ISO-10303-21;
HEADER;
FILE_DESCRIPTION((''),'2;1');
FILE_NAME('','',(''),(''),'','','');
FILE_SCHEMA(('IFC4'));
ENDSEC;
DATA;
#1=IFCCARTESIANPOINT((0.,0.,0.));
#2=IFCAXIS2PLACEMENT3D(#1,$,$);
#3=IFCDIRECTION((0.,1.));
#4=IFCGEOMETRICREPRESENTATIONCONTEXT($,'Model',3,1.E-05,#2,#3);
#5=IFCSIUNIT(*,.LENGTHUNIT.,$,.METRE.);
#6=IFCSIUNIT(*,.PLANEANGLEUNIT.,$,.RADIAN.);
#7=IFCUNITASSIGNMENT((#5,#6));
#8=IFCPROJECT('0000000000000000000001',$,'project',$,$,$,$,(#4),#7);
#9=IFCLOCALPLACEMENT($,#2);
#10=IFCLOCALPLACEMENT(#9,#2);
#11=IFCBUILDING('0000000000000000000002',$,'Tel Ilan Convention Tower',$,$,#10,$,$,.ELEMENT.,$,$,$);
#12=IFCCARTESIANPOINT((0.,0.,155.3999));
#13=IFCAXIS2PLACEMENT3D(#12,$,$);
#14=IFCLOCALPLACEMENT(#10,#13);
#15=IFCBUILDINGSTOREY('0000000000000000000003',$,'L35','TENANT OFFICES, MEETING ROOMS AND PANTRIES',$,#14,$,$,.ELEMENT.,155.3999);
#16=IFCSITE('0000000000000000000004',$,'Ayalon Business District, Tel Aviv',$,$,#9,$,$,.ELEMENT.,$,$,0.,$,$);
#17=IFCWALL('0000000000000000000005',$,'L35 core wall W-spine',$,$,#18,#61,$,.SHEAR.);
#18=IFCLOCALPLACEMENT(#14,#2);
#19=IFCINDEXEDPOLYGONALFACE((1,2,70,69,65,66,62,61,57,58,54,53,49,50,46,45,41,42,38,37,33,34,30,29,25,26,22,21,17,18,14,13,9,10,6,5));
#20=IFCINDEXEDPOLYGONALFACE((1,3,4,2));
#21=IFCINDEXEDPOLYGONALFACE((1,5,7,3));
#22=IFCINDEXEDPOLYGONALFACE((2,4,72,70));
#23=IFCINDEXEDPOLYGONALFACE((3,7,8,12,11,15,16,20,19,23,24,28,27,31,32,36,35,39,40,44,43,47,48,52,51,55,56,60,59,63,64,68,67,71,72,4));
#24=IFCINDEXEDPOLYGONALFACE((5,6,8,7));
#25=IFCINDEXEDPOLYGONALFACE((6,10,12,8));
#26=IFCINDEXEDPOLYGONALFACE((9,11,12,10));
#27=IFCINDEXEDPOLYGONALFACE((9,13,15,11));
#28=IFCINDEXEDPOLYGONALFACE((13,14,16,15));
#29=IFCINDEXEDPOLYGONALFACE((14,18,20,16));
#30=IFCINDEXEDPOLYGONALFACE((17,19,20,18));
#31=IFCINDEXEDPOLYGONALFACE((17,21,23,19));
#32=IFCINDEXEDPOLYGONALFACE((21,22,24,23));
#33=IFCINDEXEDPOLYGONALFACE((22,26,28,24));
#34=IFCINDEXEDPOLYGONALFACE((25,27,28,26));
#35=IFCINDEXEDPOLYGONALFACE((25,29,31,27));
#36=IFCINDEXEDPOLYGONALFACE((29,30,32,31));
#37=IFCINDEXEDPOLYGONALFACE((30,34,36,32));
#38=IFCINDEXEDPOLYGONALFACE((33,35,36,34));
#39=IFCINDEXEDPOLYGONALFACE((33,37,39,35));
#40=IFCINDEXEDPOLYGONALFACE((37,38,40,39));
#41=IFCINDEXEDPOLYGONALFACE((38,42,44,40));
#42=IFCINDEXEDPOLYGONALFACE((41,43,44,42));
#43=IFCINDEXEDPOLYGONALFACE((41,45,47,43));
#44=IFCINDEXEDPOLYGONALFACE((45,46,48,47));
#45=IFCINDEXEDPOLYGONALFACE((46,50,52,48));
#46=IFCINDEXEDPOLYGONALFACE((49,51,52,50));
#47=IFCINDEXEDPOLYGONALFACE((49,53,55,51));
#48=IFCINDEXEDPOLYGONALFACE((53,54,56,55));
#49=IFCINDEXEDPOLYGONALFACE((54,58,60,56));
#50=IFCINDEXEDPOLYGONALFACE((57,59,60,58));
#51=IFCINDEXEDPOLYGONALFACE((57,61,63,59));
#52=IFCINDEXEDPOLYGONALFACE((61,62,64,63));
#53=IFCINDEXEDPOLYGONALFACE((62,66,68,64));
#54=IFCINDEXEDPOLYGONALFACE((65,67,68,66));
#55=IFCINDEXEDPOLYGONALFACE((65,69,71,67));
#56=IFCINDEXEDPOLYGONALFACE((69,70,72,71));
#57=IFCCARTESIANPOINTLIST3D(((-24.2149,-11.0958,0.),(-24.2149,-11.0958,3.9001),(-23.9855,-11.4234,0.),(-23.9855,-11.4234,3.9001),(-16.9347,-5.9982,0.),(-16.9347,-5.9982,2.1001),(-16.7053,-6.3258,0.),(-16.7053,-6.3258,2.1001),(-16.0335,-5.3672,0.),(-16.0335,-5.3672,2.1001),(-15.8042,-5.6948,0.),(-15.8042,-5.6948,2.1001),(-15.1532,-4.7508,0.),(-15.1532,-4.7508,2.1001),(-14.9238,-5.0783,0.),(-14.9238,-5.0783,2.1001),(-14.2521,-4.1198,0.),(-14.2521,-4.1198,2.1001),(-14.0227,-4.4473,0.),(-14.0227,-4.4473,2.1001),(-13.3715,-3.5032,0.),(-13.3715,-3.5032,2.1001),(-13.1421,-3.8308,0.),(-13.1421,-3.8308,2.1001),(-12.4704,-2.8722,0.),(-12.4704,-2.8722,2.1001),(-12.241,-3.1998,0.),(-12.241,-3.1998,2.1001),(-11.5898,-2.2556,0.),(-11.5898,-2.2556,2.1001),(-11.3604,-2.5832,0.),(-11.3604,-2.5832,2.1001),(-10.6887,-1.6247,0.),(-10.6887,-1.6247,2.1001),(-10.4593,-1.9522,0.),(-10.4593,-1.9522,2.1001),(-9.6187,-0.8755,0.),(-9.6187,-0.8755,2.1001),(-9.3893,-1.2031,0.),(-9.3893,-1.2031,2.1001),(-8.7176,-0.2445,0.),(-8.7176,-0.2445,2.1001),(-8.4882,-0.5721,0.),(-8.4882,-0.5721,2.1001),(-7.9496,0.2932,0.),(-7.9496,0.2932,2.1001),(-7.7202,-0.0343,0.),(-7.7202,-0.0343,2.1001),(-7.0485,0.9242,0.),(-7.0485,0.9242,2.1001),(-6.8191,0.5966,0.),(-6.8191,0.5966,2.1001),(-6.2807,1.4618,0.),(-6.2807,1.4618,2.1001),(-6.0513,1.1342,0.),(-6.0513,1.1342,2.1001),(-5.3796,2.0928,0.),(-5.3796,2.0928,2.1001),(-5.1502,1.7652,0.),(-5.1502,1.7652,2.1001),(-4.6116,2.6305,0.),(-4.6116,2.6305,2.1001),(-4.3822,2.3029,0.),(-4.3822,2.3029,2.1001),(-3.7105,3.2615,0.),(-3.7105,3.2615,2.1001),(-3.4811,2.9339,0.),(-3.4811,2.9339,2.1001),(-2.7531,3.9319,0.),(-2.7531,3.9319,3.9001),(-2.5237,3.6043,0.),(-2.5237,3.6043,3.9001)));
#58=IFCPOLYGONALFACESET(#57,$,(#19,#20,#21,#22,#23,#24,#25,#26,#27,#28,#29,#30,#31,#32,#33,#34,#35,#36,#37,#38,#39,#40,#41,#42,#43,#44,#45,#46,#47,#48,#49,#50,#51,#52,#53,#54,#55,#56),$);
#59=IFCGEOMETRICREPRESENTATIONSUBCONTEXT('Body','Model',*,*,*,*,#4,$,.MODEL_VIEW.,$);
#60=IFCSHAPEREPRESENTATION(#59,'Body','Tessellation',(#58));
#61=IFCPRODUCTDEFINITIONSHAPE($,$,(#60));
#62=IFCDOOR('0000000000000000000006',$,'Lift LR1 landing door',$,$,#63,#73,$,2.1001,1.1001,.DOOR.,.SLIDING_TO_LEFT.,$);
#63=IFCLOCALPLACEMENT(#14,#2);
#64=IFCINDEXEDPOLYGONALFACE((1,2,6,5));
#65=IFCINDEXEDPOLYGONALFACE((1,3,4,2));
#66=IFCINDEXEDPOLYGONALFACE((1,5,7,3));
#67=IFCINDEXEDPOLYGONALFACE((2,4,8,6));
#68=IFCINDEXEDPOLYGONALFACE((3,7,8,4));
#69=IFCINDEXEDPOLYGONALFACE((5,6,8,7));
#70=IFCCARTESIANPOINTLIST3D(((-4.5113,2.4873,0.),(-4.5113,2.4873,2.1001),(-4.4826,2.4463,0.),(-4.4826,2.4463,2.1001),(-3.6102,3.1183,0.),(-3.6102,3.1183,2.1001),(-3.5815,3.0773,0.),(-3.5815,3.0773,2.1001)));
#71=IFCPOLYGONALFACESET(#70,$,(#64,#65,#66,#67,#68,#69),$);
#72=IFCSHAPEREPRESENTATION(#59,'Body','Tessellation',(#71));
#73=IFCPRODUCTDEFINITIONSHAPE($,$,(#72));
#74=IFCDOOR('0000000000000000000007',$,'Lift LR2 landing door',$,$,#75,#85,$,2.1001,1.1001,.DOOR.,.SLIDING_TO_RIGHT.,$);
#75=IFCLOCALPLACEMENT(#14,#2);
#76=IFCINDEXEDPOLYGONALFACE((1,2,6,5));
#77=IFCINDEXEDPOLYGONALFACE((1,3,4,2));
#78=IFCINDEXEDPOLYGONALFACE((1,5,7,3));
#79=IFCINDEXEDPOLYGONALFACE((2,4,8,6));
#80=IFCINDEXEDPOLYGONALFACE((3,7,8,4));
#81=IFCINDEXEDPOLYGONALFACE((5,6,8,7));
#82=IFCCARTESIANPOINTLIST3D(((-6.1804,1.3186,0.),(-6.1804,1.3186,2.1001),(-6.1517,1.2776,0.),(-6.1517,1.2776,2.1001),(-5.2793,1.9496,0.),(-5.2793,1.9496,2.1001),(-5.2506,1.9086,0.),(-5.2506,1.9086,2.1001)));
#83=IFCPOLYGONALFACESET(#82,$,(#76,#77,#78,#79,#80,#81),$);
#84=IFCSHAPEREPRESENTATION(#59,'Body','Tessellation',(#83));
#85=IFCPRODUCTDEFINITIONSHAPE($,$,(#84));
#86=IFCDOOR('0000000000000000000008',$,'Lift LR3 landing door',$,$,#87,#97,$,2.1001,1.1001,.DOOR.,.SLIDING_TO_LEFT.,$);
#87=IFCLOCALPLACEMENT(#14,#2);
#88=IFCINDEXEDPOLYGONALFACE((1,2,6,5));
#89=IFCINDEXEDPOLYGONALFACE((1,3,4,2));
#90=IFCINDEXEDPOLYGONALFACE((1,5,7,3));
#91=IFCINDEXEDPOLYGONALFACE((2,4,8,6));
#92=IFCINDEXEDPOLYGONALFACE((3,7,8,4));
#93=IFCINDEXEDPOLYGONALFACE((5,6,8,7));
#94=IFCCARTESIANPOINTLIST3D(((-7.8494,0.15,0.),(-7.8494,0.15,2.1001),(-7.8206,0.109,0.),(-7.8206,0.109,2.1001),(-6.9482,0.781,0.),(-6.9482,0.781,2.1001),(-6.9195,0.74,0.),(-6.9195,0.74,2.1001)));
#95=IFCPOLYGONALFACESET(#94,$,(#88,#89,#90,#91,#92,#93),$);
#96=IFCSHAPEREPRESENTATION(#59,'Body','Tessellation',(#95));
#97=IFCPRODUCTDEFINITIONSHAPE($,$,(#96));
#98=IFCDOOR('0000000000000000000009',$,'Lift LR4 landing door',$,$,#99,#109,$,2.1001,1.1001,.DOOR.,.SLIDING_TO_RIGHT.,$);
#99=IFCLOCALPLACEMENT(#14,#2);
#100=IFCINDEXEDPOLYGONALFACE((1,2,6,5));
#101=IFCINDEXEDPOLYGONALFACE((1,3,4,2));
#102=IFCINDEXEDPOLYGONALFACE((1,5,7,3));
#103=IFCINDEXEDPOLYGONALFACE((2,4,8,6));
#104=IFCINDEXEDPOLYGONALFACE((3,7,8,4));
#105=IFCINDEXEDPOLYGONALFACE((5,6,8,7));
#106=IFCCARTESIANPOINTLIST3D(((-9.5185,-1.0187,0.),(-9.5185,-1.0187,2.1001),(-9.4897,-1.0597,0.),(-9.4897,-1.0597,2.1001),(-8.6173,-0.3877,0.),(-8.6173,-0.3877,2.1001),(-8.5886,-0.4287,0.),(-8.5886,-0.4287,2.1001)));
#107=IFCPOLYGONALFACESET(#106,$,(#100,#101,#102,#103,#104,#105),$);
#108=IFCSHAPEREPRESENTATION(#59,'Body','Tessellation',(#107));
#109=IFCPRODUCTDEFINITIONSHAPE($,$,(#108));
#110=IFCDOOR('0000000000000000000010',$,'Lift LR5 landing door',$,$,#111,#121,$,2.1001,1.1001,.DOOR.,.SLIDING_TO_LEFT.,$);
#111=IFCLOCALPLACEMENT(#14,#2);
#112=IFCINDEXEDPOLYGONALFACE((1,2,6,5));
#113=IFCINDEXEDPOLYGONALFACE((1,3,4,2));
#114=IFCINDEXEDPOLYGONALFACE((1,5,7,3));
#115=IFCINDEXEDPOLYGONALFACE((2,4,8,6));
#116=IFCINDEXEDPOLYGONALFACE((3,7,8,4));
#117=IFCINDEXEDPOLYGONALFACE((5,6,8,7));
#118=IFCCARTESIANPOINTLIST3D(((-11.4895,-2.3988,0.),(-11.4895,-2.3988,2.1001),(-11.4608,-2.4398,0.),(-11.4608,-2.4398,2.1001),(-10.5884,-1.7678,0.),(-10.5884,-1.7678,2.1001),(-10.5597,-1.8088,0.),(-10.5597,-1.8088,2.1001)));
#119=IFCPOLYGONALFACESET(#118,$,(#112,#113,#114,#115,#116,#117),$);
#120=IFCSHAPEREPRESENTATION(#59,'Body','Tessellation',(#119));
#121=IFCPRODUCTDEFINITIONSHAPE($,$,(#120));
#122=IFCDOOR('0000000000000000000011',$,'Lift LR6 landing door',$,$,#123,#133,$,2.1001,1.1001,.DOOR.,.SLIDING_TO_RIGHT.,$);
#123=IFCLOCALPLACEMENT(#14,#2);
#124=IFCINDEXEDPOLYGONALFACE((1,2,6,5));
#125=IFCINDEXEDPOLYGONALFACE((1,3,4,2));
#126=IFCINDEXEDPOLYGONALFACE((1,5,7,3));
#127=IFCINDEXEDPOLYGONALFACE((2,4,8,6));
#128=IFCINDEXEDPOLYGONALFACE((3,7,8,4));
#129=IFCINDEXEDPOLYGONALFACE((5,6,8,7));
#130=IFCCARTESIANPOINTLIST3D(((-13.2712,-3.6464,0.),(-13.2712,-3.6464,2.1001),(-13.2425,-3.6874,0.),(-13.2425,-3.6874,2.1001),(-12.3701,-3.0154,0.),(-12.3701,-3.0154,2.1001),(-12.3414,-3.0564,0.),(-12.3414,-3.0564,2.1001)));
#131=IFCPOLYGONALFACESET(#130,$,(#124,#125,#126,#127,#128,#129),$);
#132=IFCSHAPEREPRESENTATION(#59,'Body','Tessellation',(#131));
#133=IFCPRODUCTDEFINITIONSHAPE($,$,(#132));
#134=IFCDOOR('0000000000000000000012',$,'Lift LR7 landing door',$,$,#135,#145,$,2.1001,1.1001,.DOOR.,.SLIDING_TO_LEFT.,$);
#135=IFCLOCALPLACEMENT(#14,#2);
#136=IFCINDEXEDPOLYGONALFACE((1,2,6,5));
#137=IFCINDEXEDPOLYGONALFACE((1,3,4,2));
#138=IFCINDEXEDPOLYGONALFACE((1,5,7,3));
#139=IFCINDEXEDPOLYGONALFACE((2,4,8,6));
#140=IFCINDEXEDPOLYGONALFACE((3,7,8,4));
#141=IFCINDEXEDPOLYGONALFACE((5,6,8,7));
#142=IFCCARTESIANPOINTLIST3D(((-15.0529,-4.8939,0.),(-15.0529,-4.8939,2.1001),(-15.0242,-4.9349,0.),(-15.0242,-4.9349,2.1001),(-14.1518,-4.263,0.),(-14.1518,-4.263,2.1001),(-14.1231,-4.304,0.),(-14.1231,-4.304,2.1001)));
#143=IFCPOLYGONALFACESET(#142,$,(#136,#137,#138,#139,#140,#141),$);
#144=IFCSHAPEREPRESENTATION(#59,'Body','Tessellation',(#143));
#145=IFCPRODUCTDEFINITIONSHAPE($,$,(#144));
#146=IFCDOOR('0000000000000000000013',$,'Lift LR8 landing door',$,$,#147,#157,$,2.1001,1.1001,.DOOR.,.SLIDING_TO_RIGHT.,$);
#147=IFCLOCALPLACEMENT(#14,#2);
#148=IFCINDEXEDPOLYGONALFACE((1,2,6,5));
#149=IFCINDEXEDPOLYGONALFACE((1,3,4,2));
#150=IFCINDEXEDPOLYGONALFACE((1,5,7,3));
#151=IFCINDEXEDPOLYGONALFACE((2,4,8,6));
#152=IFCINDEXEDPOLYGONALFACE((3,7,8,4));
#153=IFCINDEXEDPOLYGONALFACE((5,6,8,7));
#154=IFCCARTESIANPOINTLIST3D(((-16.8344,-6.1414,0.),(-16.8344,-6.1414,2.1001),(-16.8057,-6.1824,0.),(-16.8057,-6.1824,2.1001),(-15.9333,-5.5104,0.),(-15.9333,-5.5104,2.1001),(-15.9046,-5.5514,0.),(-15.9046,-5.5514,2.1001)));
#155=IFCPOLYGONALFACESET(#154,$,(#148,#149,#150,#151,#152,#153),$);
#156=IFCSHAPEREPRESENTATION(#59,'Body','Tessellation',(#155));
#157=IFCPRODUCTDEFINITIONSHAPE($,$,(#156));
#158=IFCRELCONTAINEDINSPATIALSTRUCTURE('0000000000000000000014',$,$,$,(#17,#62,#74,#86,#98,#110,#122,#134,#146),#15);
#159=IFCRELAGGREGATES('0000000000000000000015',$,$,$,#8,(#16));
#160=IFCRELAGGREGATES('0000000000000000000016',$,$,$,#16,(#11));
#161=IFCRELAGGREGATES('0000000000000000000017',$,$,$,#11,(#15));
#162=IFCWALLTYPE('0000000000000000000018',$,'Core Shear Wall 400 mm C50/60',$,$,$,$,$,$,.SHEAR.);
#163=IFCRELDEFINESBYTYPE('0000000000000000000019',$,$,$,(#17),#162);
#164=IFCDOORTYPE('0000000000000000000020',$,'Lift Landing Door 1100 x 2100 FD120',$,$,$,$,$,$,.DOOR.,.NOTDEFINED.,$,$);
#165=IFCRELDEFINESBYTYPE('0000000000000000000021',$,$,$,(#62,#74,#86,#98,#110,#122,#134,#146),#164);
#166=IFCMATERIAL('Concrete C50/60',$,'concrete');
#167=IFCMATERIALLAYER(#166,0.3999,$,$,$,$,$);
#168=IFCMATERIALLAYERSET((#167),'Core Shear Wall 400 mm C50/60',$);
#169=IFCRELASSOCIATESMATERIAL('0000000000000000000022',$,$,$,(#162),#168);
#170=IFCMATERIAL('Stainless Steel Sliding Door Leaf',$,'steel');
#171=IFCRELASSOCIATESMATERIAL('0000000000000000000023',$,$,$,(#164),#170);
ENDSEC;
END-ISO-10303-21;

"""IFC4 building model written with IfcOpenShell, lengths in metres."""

from ifc_helpers import new_model, si_unit, direction, frame, frame_2d, origin, place, context, subcontext, project, spatial, polyline, rectangle, outline, extrude, material, layer, layer_set, type_object, element, fill, save


model = new_model("IFC4")

# Units and contexts
model_context = context("Model", 3, precision=1e-05, world=origin(), true_north=direction((0.0, 1.0)))
body_context = subcontext(model_context, "Body", "Model", "MODEL_VIEW")
ifc_project = project(units=[si_unit("LENGTHUNIT", "METRE"), si_unit("PLANEANGLEUNIT", "RADIAN")], contexts=[model_context])

# Site, building, storey
site_placement = place(None, origin())
site = spatial("IfcSite", under=ifc_project, at=site_placement, Name="Ayalon Business District, Tel Aviv", CompositionType="ELEMENT", RefElevation=0.0)
building_placement = place(site_placement, origin())
building = spatial("IfcBuilding", under=site, at=building_placement, Name="Tel Ilan Convention Tower", CompositionType="ELEMENT")
storey_placement = place(building_placement, frame((0.0, 0.0, 155.3999)))
storey = spatial("IfcBuildingStorey", under=building, at=storey_placement, Name="L35", Description="TENANT OFFICES, MEETING ROOMS AND PANTRIES", CompositionType="ELEMENT", Elevation=155.3999)

# Wall, openings, doors
ifc_material_1 = material(Name="Concrete C50/60", Category="concrete")
ifc_layer_1 = layer(ifc_material_1, 0.3999)
ifc_layer_set_1 = layer_set([ifc_layer_1], Name="Core Shear Wall 400 mm C50/60")
wall_type_1 = type_object("IfcWallType", Name="Core Shear Wall 400 mm C50/60", PredefinedType="SHEAR", material=ifc_layer_set_1)
wall_1_placement = place(storey_placement, frame((-2.6384, 3.7681, 0.0), z_axis=(0.0, 0.0, 1.0), x_axis=(-0.819153, -0.573576, 0.0)))
wall_1 = element("IfcWall", 1, at=wall_1_placement, inside=storey, type_object=wall_type_1, Name="L35 core wall W-spine", PredefinedType="SHEAR", context=body_context, shape_type="SweptSolid", body=[
    extrude(outline(polyline([(26.2, 0.2), (0.0, 0.2), (0.0, -0.2), (26.2, -0.2), (26.2, 0.2)])), origin(), (0.0, 0.0, 1.0), 3.9001),
])
opening_1_placement = place(wall_1_placement, frame((1.1687, 0.0, 0.0)))
opening_1 = element("IfcOpeningElement", 2, at=opening_1_placement, cuts=wall_1, PredefinedType="OPENING", context=body_context, shape_type="SweptSolid", body=[
    extrude(rectangle(XDim=1.1001, YDim=2.1001, at=frame_2d((0.55, 1.05))), frame((0.0, 0.21, 0.0), z_axis=(0.0, -1.0, 0.0), x_axis=(1.0, 0.0, 0.0)), (0.0, 0.0, 1.0), 0.4199),
])
opening_2_placement = place(wall_1_placement, frame((3.2063, 0.0, 0.0)))
opening_2 = element("IfcOpeningElement", 3, at=opening_2_placement, cuts=wall_1, PredefinedType="OPENING", context=body_context, shape_type="SweptSolid", body=[
    extrude(rectangle(XDim=1.1001, YDim=2.1001, at=frame_2d((0.55, 1.05))), frame((0.0, 0.21, 0.0), z_axis=(0.0, -1.0, 0.0), x_axis=(1.0, 0.0, 0.0)), (0.0, 0.0, 1.0), 0.4199),
])
opening_3_placement = place(wall_1_placement, frame((5.2437, 0.0, 0.0)))
opening_3 = element("IfcOpeningElement", 4, at=opening_3_placement, cuts=wall_1, PredefinedType="OPENING", context=body_context, shape_type="SweptSolid", body=[
    extrude(rectangle(XDim=1.1001, YDim=2.1001, at=frame_2d((0.55, 1.05))), frame((0.0, 0.21, 0.0), z_axis=(0.0, -1.0, 0.0), x_axis=(1.0, 0.0, 0.0)), (0.0, 0.0, 1.0), 0.4199),
])
opening_4_placement = place(wall_1_placement, frame((7.2812, 0.0, 0.0)))
opening_4 = element("IfcOpeningElement", 5, at=opening_4_placement, cuts=wall_1, PredefinedType="OPENING", context=body_context, shape_type="SweptSolid", body=[
    extrude(rectangle(XDim=1.1001, YDim=2.1001, at=frame_2d((0.55, 1.05))), frame((0.0, 0.21, 0.0), z_axis=(0.0, -1.0, 0.0), x_axis=(1.0, 0.0, 0.0)), (0.0, 0.0, 1.0), 0.4199),
])
opening_5_placement = place(wall_1_placement, frame((9.6875, 0.0, 0.0)))
opening_5 = element("IfcOpeningElement", 6, at=opening_5_placement, cuts=wall_1, PredefinedType="OPENING", context=body_context, shape_type="SweptSolid", body=[
    extrude(rectangle(XDim=1.1001, YDim=2.1001, at=frame_2d((0.55, 1.05))), frame((0.0, 0.21, 0.0), z_axis=(0.0, -1.0, 0.0), x_axis=(1.0, 0.0, 0.0)), (0.0, 0.0, 1.0), 0.4199),
])
opening_6_placement = place(wall_1_placement, frame((11.8625, 0.0, 0.0)))
opening_6 = element("IfcOpeningElement", 7, at=opening_6_placement, cuts=wall_1, PredefinedType="OPENING", context=body_context, shape_type="SweptSolid", body=[
    extrude(rectangle(XDim=1.1001, YDim=2.1001, at=frame_2d((0.55, 1.05))), frame((0.0, 0.21, 0.0), z_axis=(0.0, -1.0, 0.0), x_axis=(1.0, 0.0, 0.0)), (0.0, 0.0, 1.0), 0.4199),
])
opening_7_placement = place(wall_1_placement, frame((14.0376, 0.0, 0.0)))
opening_7 = element("IfcOpeningElement", 8, at=opening_7_placement, cuts=wall_1, PredefinedType="OPENING", context=body_context, shape_type="SweptSolid", body=[
    extrude(rectangle(XDim=1.1001, YDim=2.1001, at=frame_2d((0.55, 1.05))), frame((0.0, 0.21, 0.0), z_axis=(0.0, -1.0, 0.0), x_axis=(1.0, 0.0, 0.0)), (0.0, 0.0, 1.0), 0.4199),
])
opening_8_placement = place(wall_1_placement, frame((16.2124, 0.0, 0.0)))
opening_8 = element("IfcOpeningElement", 9, at=opening_8_placement, cuts=wall_1, PredefinedType="OPENING", context=body_context, shape_type="SweptSolid", body=[
    extrude(rectangle(XDim=1.1001, YDim=2.1001, at=frame_2d((0.55, 1.05))), frame((0.0, 0.21, 0.0), z_axis=(0.0, -1.0, 0.0), x_axis=(1.0, 0.0, 0.0)), (0.0, 0.0, 1.0), 0.4199),
])
ifc_material_2 = material(Name="Stainless Steel Sliding Door Leaf", Category="steel")
door_type = type_object("IfcDoorType", Name="Lift Landing Door 1100 x 2100 FD120", OperationType="NOTDEFINED", PredefinedType="DOOR", material=ifc_material_2)
door_1_placement = place(opening_1_placement, origin())
door_1 = element("IfcDoor", 10, at=door_1_placement, inside=storey, type_object=door_type, Name="Lift LR1 landing door", OperationType="SLIDING_TO_LEFT", OverallHeight=2.1001, OverallWidth=1.1001, PredefinedType="DOOR", context=body_context, shape_type="SweptSolid", body=[
    extrude(rectangle(XDim=1.1001, YDim=2.1001, at=frame_2d((0.55, 1.05))), frame((0.0, 0.0249, 0.0), z_axis=(0.0, -1.0, 0.0), x_axis=(1.0, 0.0, 0.0)), (0.0, 0.0, 1.0), 0.05),
])
fill(opening_1, door_1)
door_2_placement = place(opening_2_placement, origin())
door_2 = element("IfcDoor", 11, at=door_2_placement, inside=storey, type_object=door_type, Name="Lift LR2 landing door", OperationType="SLIDING_TO_RIGHT", OverallHeight=2.1001, OverallWidth=1.1001, PredefinedType="DOOR", context=body_context, shape_type="SweptSolid", body=[
    extrude(rectangle(XDim=1.1001, YDim=2.1001, at=frame_2d((0.55, 1.05))), frame((0.0, 0.0249, 0.0), z_axis=(0.0, -1.0, 0.0), x_axis=(1.0, 0.0, 0.0)), (0.0, 0.0, 1.0), 0.05),
])
fill(opening_2, door_2)
door_3_placement = place(opening_3_placement, origin())
door_3 = element("IfcDoor", 12, at=door_3_placement, inside=storey, type_object=door_type, Name="Lift LR3 landing door", OperationType="SLIDING_TO_LEFT", OverallHeight=2.1001, OverallWidth=1.1001, PredefinedType="DOOR", context=body_context, shape_type="SweptSolid", body=[
    extrude(rectangle(XDim=1.1001, YDim=2.1001, at=frame_2d((0.55, 1.05))), frame((0.0, 0.0249, 0.0), z_axis=(0.0, -1.0, 0.0), x_axis=(1.0, 0.0, 0.0)), (0.0, 0.0, 1.0), 0.05),
])
fill(opening_3, door_3)
door_4_placement = place(opening_4_placement, origin())
door_4 = element("IfcDoor", 13, at=door_4_placement, inside=storey, type_object=door_type, Name="Lift LR4 landing door", OperationType="SLIDING_TO_RIGHT", OverallHeight=2.1001, OverallWidth=1.1001, PredefinedType="DOOR", context=body_context, shape_type="SweptSolid", body=[
    extrude(rectangle(XDim=1.1001, YDim=2.1001, at=frame_2d((0.55, 1.05))), frame((0.0, 0.0249, 0.0), z_axis=(0.0, -1.0, 0.0), x_axis=(1.0, 0.0, 0.0)), (0.0, 0.0, 1.0), 0.05),
])
fill(opening_4, door_4)
door_5_placement = place(opening_5_placement, origin())
door_5 = element("IfcDoor", 14, at=door_5_placement, inside=storey, type_object=door_type, Name="Lift LR5 landing door", OperationType="SLIDING_TO_LEFT", OverallHeight=2.1001, OverallWidth=1.1001, PredefinedType="DOOR", context=body_context, shape_type="SweptSolid", body=[
    extrude(rectangle(XDim=1.1001, YDim=2.1001, at=frame_2d((0.55, 1.05))), frame((0.0, 0.0249, 0.0), z_axis=(0.0, -1.0, 0.0), x_axis=(1.0, 0.0, 0.0)), (0.0, 0.0, 1.0), 0.05),
])
fill(opening_5, door_5)
door_6_placement = place(opening_6_placement, origin())
door_6 = element("IfcDoor", 15, at=door_6_placement, inside=storey, type_object=door_type, Name="Lift LR6 landing door", OperationType="SLIDING_TO_RIGHT", OverallHeight=2.1001, OverallWidth=1.1001, PredefinedType="DOOR", context=body_context, shape_type="SweptSolid", body=[
    extrude(rectangle(XDim=1.1001, YDim=2.1001, at=frame_2d((0.55, 1.05))), frame((0.0, 0.0249, 0.0), z_axis=(0.0, -1.0, 0.0), x_axis=(1.0, 0.0, 0.0)), (0.0, 0.0, 1.0), 0.05),
])
fill(opening_6, door_6)
door_7_placement = place(opening_7_placement, origin())
door_7 = element("IfcDoor", 16, at=door_7_placement, inside=storey, type_object=door_type, Name="Lift LR7 landing door", OperationType="SLIDING_TO_LEFT", OverallHeight=2.1001, OverallWidth=1.1001, PredefinedType="DOOR", context=body_context, shape_type="SweptSolid", body=[
    extrude(rectangle(XDim=1.1001, YDim=2.1001, at=frame_2d((0.55, 1.05))), frame((0.0, 0.0249, 0.0), z_axis=(0.0, -1.0, 0.0), x_axis=(1.0, 0.0, 0.0)), (0.0, 0.0, 1.0), 0.05),
])
fill(opening_7, door_7)
door_8_placement = place(opening_8_placement, origin())
door_8 = element("IfcDoor", 17, at=door_8_placement, inside=storey, type_object=door_type, Name="Lift LR8 landing door", OperationType="SLIDING_TO_RIGHT", OverallHeight=2.1001, OverallWidth=1.1001, PredefinedType="DOOR", context=body_context, shape_type="SweptSolid", body=[
    extrude(rectangle(XDim=1.1001, YDim=2.1001, at=frame_2d((0.55, 1.05))), frame((0.0, 0.0249, 0.0), z_axis=(0.0, -1.0, 0.0), x_axis=(1.0, 0.0, 0.0)), (0.0, 0.0, 1.0), 0.05),
])
fill(opening_8, door_8)

save(model, "model.ifc")
